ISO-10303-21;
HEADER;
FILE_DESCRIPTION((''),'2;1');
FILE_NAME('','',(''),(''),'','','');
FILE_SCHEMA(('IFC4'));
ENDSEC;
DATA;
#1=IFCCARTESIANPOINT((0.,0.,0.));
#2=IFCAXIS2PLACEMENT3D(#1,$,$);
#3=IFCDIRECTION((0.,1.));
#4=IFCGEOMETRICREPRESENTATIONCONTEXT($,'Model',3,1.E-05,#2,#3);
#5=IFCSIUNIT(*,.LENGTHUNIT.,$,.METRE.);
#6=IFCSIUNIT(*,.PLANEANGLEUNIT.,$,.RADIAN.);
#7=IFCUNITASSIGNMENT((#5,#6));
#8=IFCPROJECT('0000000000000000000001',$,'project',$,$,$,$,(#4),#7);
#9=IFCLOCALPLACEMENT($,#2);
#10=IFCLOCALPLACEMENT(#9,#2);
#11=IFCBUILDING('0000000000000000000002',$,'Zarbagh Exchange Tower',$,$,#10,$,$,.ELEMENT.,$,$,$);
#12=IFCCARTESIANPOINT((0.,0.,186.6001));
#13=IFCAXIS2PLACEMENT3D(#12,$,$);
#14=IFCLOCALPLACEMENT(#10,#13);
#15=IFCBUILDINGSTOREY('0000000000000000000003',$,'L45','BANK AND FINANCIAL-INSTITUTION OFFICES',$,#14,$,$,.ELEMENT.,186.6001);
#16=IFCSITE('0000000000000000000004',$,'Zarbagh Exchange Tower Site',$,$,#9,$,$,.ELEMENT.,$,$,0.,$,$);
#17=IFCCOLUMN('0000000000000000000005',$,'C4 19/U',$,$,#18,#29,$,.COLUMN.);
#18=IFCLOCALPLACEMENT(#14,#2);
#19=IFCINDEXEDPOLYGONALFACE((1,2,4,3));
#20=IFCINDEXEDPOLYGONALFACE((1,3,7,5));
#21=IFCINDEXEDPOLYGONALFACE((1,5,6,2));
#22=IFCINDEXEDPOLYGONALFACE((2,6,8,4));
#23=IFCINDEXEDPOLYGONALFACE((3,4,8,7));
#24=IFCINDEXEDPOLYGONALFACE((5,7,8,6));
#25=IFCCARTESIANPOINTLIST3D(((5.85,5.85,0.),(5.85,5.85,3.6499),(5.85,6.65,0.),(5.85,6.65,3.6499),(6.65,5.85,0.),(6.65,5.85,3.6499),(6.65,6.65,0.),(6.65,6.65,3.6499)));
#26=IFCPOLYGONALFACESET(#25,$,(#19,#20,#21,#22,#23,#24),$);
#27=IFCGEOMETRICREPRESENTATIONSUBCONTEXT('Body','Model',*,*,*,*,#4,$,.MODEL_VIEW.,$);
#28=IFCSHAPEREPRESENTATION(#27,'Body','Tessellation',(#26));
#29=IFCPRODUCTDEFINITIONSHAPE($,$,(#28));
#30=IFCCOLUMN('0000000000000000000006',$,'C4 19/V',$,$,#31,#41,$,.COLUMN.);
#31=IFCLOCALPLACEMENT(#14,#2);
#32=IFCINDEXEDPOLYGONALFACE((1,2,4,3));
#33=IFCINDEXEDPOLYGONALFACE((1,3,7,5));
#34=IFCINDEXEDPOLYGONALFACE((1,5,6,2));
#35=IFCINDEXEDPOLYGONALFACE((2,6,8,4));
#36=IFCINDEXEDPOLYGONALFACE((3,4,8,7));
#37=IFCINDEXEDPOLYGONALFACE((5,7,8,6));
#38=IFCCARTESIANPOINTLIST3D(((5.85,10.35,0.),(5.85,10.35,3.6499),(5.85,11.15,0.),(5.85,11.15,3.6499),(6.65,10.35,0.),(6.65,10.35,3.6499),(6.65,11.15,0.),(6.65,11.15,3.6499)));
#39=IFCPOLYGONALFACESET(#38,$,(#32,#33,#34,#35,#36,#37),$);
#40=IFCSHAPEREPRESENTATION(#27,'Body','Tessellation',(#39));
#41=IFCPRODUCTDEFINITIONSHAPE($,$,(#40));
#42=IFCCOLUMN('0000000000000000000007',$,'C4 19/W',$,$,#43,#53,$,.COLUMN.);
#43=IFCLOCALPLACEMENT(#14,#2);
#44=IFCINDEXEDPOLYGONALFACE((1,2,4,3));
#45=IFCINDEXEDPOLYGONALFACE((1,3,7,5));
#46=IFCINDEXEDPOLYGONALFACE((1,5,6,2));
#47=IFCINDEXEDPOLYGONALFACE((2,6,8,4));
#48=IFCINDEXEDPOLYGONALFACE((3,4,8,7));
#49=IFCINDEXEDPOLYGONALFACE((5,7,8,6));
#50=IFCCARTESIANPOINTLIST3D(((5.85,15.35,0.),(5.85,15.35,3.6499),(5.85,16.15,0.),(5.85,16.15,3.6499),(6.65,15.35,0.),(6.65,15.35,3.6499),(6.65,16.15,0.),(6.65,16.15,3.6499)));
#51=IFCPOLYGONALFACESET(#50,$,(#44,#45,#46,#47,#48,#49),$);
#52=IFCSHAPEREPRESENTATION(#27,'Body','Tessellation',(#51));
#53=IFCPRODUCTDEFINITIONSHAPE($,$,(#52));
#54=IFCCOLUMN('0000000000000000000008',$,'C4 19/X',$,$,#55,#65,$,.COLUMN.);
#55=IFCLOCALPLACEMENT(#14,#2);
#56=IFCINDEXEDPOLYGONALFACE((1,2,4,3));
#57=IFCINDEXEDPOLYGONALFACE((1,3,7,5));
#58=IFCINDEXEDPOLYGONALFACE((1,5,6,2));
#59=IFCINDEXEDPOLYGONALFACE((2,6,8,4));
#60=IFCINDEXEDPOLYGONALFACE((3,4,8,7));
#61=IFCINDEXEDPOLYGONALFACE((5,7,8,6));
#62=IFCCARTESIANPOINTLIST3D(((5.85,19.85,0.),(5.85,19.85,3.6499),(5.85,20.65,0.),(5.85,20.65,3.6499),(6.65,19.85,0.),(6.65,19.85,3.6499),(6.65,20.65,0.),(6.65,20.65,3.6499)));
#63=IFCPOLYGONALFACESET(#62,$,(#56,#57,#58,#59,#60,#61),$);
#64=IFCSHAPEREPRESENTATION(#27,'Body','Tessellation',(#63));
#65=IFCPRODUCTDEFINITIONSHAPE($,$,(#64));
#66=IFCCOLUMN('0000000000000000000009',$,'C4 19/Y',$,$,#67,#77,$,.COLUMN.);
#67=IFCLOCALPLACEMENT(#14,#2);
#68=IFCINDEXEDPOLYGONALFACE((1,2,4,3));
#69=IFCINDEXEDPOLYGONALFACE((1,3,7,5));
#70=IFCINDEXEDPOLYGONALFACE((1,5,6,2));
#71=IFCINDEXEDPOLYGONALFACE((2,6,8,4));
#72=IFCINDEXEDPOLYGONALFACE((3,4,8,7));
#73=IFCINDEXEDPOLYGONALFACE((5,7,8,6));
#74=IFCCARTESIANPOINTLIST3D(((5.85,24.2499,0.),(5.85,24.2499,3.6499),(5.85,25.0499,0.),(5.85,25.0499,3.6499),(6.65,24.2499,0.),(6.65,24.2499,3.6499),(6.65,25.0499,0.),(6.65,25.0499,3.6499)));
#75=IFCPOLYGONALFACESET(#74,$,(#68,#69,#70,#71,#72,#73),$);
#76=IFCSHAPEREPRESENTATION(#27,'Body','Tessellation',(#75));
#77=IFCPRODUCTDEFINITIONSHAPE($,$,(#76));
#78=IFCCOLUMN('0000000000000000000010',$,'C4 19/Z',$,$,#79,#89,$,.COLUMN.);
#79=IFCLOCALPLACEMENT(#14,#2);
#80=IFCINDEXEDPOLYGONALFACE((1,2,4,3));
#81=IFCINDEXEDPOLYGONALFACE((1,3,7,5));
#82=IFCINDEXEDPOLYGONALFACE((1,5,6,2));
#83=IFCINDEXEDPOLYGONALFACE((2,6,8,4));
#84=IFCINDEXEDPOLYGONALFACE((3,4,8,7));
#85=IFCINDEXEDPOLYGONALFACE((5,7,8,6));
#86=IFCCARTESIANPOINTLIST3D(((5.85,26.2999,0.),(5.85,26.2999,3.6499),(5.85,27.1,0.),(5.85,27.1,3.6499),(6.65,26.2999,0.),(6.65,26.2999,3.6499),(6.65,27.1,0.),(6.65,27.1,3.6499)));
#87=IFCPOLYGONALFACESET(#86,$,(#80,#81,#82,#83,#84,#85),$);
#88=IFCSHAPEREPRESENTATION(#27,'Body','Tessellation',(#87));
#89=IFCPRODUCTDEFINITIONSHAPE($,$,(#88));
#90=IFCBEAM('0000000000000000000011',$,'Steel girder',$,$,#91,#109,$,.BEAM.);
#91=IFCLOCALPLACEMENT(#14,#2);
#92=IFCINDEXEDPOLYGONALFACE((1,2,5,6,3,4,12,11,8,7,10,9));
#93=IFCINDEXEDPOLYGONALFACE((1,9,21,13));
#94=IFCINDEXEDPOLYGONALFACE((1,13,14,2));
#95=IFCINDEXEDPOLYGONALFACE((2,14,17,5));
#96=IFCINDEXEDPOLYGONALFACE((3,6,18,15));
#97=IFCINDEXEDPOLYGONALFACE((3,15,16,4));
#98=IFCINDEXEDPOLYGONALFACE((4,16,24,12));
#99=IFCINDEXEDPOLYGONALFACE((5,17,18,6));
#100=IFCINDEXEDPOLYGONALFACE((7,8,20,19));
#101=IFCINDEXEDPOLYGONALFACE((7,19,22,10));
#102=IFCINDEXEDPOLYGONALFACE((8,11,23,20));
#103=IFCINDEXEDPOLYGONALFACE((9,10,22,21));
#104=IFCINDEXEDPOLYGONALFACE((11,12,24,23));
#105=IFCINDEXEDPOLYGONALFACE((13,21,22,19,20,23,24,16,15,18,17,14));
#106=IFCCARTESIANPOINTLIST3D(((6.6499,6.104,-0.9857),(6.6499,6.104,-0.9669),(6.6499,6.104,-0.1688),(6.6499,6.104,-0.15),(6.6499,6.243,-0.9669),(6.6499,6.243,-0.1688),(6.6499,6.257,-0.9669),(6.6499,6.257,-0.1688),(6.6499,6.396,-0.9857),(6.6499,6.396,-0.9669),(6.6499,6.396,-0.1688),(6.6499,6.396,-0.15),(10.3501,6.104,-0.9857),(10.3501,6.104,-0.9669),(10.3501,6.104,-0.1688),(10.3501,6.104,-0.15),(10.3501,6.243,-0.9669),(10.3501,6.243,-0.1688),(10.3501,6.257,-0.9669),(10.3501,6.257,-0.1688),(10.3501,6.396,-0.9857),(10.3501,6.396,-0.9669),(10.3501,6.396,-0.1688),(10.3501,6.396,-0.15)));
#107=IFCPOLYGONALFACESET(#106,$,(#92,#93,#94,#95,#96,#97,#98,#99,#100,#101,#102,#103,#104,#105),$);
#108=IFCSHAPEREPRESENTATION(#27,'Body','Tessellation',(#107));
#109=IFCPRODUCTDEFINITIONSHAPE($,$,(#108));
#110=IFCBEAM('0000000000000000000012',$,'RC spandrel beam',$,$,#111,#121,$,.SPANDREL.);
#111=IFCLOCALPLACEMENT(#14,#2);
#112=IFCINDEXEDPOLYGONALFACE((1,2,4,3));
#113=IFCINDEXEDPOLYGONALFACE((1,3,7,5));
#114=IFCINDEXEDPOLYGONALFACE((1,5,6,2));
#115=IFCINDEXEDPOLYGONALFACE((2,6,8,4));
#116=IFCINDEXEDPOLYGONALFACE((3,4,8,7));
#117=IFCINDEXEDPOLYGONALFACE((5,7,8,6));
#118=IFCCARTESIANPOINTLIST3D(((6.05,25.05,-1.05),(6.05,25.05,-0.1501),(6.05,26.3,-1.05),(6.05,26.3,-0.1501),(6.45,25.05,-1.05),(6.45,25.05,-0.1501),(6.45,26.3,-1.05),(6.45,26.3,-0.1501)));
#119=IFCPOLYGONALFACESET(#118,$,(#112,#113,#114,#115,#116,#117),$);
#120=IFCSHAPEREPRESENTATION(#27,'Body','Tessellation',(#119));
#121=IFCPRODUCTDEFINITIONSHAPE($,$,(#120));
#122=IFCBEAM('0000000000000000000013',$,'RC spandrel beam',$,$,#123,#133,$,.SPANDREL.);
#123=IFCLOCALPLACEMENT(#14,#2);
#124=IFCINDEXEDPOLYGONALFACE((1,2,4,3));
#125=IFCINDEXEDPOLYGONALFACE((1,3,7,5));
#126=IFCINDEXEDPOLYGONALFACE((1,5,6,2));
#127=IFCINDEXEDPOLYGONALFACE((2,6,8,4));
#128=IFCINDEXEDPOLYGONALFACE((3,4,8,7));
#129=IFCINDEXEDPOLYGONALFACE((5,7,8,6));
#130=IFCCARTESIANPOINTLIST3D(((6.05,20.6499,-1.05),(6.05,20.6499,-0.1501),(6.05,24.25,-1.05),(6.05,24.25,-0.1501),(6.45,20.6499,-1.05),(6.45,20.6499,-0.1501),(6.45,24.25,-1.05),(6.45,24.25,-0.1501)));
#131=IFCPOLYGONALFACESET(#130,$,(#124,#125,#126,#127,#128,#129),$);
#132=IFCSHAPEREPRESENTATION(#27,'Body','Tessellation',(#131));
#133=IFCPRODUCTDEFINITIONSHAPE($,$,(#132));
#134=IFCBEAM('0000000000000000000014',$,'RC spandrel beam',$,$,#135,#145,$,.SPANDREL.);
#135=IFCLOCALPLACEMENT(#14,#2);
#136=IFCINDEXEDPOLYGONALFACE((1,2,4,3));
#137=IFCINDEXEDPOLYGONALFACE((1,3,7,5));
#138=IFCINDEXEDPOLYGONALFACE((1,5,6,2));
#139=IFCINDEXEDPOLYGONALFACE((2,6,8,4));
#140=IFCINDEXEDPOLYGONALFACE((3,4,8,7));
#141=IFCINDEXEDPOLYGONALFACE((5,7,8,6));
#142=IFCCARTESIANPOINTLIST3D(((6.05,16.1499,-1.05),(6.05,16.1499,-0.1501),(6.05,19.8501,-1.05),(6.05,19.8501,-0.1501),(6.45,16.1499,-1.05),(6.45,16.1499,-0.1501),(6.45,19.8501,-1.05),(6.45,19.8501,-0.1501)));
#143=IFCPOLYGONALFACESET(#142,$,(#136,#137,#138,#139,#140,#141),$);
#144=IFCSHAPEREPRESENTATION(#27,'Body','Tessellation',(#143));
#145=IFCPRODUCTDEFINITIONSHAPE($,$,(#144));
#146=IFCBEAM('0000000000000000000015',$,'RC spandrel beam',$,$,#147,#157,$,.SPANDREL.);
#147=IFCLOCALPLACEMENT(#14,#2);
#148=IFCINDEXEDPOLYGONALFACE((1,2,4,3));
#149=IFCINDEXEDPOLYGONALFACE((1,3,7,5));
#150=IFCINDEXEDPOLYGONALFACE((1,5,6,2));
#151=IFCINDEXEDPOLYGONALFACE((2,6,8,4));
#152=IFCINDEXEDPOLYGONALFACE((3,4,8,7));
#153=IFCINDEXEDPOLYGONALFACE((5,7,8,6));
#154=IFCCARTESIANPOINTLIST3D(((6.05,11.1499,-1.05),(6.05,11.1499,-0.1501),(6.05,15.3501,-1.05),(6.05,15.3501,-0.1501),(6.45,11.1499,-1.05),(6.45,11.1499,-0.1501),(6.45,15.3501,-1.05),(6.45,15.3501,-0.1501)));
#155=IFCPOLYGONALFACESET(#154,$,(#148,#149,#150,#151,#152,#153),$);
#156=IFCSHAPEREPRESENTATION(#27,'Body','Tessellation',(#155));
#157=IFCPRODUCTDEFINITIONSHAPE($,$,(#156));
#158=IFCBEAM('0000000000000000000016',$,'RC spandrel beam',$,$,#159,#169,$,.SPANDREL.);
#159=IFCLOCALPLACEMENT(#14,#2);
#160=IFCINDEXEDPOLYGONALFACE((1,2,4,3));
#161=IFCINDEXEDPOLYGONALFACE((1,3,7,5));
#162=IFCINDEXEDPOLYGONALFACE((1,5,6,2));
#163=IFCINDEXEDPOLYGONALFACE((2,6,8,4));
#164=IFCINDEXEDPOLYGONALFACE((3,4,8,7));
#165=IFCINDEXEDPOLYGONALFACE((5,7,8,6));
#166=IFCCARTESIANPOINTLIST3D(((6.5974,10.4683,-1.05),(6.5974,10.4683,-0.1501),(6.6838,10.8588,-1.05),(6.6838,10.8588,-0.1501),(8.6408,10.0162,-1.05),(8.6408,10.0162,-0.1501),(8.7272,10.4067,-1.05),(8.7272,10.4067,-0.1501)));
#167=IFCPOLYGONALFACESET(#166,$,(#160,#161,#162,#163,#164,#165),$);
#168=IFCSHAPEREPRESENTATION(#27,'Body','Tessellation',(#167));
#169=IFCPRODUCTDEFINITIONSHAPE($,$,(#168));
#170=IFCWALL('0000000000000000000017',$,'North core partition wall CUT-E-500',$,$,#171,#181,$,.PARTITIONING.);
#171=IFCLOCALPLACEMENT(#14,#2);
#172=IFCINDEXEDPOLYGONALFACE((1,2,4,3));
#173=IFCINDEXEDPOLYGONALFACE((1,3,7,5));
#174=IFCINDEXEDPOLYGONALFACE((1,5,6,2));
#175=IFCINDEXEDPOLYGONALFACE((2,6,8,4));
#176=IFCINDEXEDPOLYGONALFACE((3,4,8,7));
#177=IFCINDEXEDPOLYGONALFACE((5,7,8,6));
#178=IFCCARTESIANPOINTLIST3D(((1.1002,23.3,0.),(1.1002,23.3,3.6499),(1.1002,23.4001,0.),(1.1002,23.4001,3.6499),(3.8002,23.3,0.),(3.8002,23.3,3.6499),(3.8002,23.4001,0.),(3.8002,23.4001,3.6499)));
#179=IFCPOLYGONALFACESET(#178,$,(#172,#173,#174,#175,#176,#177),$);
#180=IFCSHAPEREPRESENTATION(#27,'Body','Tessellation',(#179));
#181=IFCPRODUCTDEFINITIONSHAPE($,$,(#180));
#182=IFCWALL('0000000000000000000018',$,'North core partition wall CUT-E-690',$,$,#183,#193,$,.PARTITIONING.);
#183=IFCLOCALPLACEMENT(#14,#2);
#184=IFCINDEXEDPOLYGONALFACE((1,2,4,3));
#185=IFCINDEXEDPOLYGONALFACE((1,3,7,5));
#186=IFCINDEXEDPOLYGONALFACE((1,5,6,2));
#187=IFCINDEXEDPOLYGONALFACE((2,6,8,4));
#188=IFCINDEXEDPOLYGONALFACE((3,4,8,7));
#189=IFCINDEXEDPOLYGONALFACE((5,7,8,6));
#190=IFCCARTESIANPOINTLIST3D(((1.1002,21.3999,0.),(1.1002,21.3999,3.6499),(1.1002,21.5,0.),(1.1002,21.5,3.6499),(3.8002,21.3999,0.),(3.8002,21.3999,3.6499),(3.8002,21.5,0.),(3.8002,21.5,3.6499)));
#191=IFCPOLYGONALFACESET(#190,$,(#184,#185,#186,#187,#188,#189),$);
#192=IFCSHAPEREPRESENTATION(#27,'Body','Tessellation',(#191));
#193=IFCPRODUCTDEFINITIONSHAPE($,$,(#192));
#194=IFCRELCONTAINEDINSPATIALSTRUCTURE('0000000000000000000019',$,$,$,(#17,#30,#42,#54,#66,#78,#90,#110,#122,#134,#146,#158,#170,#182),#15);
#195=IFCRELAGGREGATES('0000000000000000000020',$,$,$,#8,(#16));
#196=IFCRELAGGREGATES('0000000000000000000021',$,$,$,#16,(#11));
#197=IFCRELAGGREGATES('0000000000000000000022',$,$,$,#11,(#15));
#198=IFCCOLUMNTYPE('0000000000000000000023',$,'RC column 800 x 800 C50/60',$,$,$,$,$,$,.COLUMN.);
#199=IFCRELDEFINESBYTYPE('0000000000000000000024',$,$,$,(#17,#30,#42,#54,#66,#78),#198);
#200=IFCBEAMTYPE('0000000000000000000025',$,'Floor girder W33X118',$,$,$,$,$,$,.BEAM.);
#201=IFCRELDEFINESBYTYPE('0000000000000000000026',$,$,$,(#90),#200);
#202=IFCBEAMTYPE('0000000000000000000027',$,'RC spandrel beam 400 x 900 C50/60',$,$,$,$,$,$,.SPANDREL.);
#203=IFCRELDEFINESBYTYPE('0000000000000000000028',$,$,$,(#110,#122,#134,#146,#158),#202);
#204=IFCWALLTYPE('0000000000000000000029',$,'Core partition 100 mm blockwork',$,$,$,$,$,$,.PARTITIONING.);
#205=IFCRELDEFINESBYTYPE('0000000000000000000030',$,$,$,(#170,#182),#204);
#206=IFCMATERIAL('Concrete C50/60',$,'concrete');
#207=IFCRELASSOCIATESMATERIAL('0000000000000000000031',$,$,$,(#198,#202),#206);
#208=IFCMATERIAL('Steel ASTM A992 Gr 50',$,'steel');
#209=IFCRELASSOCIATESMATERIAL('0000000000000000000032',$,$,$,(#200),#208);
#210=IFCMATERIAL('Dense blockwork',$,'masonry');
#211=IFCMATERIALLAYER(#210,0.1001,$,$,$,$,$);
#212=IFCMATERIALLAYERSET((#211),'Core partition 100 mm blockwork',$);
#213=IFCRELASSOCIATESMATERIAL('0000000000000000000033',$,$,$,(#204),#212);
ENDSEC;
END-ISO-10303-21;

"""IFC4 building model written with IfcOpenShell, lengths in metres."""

from ifc_helpers import new_model, si_unit, direction, frame, frame_2d, origin, origin_2d, place, context, subcontext, project, spatial, rectangle, i_section, extrude, material, layer, layer_set, material_profile, profile_set, type_object, element, save


model = new_model("IFC4")

# Units and contexts
model_context = context("Model", 3, precision=1e-05, world=origin(), true_north=direction((0.0, 1.0)))
body_context = subcontext(model_context, "Body", "Model", "MODEL_VIEW")
ifc_project = project(units=[si_unit("LENGTHUNIT", "METRE"), si_unit("PLANEANGLEUNIT", "RADIAN")], contexts=[model_context])

# Site, building, storey
site_placement = place(None, origin())
site = spatial("IfcSite", under=ifc_project, at=site_placement, Name="Zarbagh Exchange Tower Site", CompositionType="ELEMENT", RefElevation=0.0)
building_placement = place(site_placement, origin())
building = spatial("IfcBuilding", under=site, at=building_placement, Name="Zarbagh Exchange Tower", CompositionType="ELEMENT")
storey_placement = place(building_placement, frame((0.0, 0.0, 186.6001)))
storey = spatial("IfcBuildingStorey", under=building, at=storey_placement, Name="L45", Description="BANK AND FINANCIAL-INSTITUTION OFFICES", CompositionType="ELEMENT", Elevation=186.6001)

# Columns
ifc_material_1 = material(Name="Concrete C50/60", Category="concrete")
ifc_material_profile_1 = material_profile(ifc_material_1, rectangle(XDim=0.8, YDim=0.8, at=origin_2d()), Name="RC column 800 x 800 C50/60")
ifc_profile_set_1 = profile_set([ifc_material_profile_1], Name="Concrete C50/60")
column_type = type_object("IfcColumnType", Name="RC column 800 x 800 C50/60", PredefinedType="COLUMN", material=ifc_profile_set_1)
for number, where, z_axis, x_axis, name in (
    (1, (6.25, 6.25, 0.0), (0.0, 0.0, 1.0), (1.0, 0.0, 0.0), "C4 19/U"),
    (2, (6.25, 10.75, 0.0), (0.0, 0.0, 1.0), (1.0, 0.0, 0.0), "C4 19/V"),
    (3, (6.25, 15.75, 0.0), (0.0, 0.0, 1.0), (1.0, 0.0, 0.0), "C4 19/W"),
    (4, (6.25, 20.25, 0.0), (0.0, 0.0, 1.0), (1.0, 0.0, 0.0), "C4 19/X"),
    (5, (6.25, 24.6499, 0.0), (0.0, 0.0, 1.0), (1.0, 0.0, 0.0), "C4 19/Y"),
    (6, (6.25, 26.7, 0.0), (0.0, 0.0, 1.0), (1.0, 0.0, 0.0), "C4 19/Z"),
):
    element("IfcColumn", number, at=place(storey_placement, frame(where, z_axis=z_axis, x_axis=x_axis)), inside=storey, type_object=column_type, Name=name, PredefinedType="COLUMN", context=body_context, shape_type="SweptSolid", body=[
        extrude(rectangle(XDim=0.8, YDim=0.8, at=origin_2d()), origin(), (0.0, 0.0, 1.0), 3.6499),
    ])

# Beams
ifc_material_2 = material(Name="Steel ASTM A992 Gr 50", Category="steel")
ifc_material_profile_2 = material_profile(ifc_material_2, i_section(OverallWidth=0.292, OverallDepth=0.8357, WebThickness=0.0139, FlangeThickness=0.0188, at=origin_2d()), Name="W33X118")
ifc_profile_set_2 = profile_set([ifc_material_profile_2], Name="Steel ASTM A992 Gr 50")
beam_type_1 = type_object("IfcBeamType", Name="Floor girder W33X118", PredefinedType="BEAM", material=ifc_profile_set_2)
beam_1_placement = place(storey_placement, frame((6.6499, 6.25, -0.5679), z_axis=(1.0, 0.0, 0.0), x_axis=(0.0, 1.0, 0.0)))
element("IfcBeam", 7, at=beam_1_placement, inside=storey, type_object=beam_type_1, Name="Steel girder", PredefinedType="BEAM", context=body_context, shape_type="SweptSolid", body=[
    extrude(i_section(OverallWidth=0.292, OverallDepth=0.8357, WebThickness=0.0139, FlangeThickness=0.0188, at=origin_2d()), origin(), (0.0, 0.0, 1.0), 3.7002),
])
ifc_material_profile_3 = material_profile(ifc_material_1, rectangle(XDim=0.3999, YDim=0.8999, at=origin_2d()), Name="RC spandrel beam 400 x 900 C50/60")
ifc_profile_set_3 = profile_set([ifc_material_profile_3], Name="Concrete C50/60")
beam_type_2 = type_object("IfcBeamType", Name="RC spandrel beam 400 x 900 C50/60", PredefinedType="SPANDREL", material=ifc_profile_set_3)
beam_2_placement = place(storey_placement, frame((6.25, 26.3, -0.6001), z_axis=(0.0, -1.0, 0.0), x_axis=(1.0, 0.0, 0.0)))
element("IfcBeam", 8, at=beam_2_placement, inside=storey, type_object=beam_type_2, Name="RC spandrel beam", PredefinedType="SPANDREL", context=body_context, shape_type="SweptSolid", body=[
    extrude(rectangle(XDim=0.3999, YDim=0.8999, at=origin_2d()), origin(), (0.0, 0.0, 1.0), 1.25),
])
beam_3_placement = place(storey_placement, frame((6.25, 24.25, -0.6001), z_axis=(0.0, -1.0, 0.0), x_axis=(1.0, 0.0, 0.0)))
element("IfcBeam", 9, at=beam_3_placement, inside=storey, type_object=beam_type_2, Name="RC spandrel beam", PredefinedType="SPANDREL", context=body_context, shape_type="SweptSolid", body=[
    extrude(rectangle(XDim=0.3999, YDim=0.8999, at=origin_2d()), origin(), (0.0, 0.0, 1.0), 3.6001),
])
beam_4_placement = place(storey_placement, frame((6.25, 19.8501, -0.6001), z_axis=(0.0, -1.0, 0.0), x_axis=(1.0, 0.0, 0.0)))
element("IfcBeam", 10, at=beam_4_placement, inside=storey, type_object=beam_type_2, Name="RC spandrel beam", PredefinedType="SPANDREL", context=body_context, shape_type="SweptSolid", body=[
    extrude(rectangle(XDim=0.3999, YDim=0.8999, at=origin_2d()), origin(), (0.0, 0.0, 1.0), 3.7002),
])
beam_5_placement = place(storey_placement, frame((6.25, 15.3501, -0.6001), z_axis=(0.0, -1.0, 0.0), x_axis=(1.0, 0.0, 0.0)))
element("IfcBeam", 11, at=beam_5_placement, inside=storey, type_object=beam_type_2, Name="RC spandrel beam", PredefinedType="SPANDREL", context=body_context, shape_type="SweptSolid", body=[
    extrude(rectangle(XDim=0.3999, YDim=0.8999, at=origin_2d()), origin(), (0.0, 0.0, 1.0), 4.2002),
])
beam_6_placement = place(storey_placement, frame((6.6406, 10.6636, -0.6001), z_axis=(0.976384, -0.216041, 0.0), x_axis=(0.216041, 0.976384, 0.0)))
element("IfcBeam", 12, at=beam_6_placement, inside=storey, type_object=beam_type_2, Name="RC spandrel beam", PredefinedType="SPANDREL", context=body_context, shape_type="SweptSolid", body=[
    extrude(rectangle(XDim=0.3999, YDim=0.8999, at=origin_2d()), origin(), (0.0, 0.0, 1.0), 2.0928),
])

# Walls
ifc_material_3 = material(Name="Dense blockwork", Category="masonry")
ifc_layer_1 = layer(ifc_material_3, 0.1001)
ifc_layer_set_1 = layer_set([ifc_layer_1], Name="Core partition 100 mm blockwork")
wall_type_1 = type_object("IfcWallType", Name="Core partition 100 mm blockwork", PredefinedType="PARTITIONING", material=ifc_layer_set_1)
for number, where, z_axis, x_axis, name in (
    (13, (1.1001, 23.3501, 0.0), (0.0, 0.0, 1.0), (1.0, 0.0, 0.0), "North core partition wall CUT-E-500"),
    (14, (1.1001, 21.45, 0.0), (0.0, 0.0, 1.0), (1.0, 0.0, 0.0), "North core partition wall CUT-E-690"),
):
    element("IfcWall", number, at=place(storey_placement, frame(where, z_axis=z_axis, x_axis=x_axis)), inside=storey, type_object=wall_type_1, Name=name, PredefinedType="PARTITIONING", context=body_context, shape_type="SweptSolid", body=[
        extrude(rectangle(XDim=2.7, YDim=0.1001, at=frame_2d((1.3501, 0.0))), origin(), (0.0, 0.0, 1.0), 3.6499),
    ])

save(model, "model.ifc")
